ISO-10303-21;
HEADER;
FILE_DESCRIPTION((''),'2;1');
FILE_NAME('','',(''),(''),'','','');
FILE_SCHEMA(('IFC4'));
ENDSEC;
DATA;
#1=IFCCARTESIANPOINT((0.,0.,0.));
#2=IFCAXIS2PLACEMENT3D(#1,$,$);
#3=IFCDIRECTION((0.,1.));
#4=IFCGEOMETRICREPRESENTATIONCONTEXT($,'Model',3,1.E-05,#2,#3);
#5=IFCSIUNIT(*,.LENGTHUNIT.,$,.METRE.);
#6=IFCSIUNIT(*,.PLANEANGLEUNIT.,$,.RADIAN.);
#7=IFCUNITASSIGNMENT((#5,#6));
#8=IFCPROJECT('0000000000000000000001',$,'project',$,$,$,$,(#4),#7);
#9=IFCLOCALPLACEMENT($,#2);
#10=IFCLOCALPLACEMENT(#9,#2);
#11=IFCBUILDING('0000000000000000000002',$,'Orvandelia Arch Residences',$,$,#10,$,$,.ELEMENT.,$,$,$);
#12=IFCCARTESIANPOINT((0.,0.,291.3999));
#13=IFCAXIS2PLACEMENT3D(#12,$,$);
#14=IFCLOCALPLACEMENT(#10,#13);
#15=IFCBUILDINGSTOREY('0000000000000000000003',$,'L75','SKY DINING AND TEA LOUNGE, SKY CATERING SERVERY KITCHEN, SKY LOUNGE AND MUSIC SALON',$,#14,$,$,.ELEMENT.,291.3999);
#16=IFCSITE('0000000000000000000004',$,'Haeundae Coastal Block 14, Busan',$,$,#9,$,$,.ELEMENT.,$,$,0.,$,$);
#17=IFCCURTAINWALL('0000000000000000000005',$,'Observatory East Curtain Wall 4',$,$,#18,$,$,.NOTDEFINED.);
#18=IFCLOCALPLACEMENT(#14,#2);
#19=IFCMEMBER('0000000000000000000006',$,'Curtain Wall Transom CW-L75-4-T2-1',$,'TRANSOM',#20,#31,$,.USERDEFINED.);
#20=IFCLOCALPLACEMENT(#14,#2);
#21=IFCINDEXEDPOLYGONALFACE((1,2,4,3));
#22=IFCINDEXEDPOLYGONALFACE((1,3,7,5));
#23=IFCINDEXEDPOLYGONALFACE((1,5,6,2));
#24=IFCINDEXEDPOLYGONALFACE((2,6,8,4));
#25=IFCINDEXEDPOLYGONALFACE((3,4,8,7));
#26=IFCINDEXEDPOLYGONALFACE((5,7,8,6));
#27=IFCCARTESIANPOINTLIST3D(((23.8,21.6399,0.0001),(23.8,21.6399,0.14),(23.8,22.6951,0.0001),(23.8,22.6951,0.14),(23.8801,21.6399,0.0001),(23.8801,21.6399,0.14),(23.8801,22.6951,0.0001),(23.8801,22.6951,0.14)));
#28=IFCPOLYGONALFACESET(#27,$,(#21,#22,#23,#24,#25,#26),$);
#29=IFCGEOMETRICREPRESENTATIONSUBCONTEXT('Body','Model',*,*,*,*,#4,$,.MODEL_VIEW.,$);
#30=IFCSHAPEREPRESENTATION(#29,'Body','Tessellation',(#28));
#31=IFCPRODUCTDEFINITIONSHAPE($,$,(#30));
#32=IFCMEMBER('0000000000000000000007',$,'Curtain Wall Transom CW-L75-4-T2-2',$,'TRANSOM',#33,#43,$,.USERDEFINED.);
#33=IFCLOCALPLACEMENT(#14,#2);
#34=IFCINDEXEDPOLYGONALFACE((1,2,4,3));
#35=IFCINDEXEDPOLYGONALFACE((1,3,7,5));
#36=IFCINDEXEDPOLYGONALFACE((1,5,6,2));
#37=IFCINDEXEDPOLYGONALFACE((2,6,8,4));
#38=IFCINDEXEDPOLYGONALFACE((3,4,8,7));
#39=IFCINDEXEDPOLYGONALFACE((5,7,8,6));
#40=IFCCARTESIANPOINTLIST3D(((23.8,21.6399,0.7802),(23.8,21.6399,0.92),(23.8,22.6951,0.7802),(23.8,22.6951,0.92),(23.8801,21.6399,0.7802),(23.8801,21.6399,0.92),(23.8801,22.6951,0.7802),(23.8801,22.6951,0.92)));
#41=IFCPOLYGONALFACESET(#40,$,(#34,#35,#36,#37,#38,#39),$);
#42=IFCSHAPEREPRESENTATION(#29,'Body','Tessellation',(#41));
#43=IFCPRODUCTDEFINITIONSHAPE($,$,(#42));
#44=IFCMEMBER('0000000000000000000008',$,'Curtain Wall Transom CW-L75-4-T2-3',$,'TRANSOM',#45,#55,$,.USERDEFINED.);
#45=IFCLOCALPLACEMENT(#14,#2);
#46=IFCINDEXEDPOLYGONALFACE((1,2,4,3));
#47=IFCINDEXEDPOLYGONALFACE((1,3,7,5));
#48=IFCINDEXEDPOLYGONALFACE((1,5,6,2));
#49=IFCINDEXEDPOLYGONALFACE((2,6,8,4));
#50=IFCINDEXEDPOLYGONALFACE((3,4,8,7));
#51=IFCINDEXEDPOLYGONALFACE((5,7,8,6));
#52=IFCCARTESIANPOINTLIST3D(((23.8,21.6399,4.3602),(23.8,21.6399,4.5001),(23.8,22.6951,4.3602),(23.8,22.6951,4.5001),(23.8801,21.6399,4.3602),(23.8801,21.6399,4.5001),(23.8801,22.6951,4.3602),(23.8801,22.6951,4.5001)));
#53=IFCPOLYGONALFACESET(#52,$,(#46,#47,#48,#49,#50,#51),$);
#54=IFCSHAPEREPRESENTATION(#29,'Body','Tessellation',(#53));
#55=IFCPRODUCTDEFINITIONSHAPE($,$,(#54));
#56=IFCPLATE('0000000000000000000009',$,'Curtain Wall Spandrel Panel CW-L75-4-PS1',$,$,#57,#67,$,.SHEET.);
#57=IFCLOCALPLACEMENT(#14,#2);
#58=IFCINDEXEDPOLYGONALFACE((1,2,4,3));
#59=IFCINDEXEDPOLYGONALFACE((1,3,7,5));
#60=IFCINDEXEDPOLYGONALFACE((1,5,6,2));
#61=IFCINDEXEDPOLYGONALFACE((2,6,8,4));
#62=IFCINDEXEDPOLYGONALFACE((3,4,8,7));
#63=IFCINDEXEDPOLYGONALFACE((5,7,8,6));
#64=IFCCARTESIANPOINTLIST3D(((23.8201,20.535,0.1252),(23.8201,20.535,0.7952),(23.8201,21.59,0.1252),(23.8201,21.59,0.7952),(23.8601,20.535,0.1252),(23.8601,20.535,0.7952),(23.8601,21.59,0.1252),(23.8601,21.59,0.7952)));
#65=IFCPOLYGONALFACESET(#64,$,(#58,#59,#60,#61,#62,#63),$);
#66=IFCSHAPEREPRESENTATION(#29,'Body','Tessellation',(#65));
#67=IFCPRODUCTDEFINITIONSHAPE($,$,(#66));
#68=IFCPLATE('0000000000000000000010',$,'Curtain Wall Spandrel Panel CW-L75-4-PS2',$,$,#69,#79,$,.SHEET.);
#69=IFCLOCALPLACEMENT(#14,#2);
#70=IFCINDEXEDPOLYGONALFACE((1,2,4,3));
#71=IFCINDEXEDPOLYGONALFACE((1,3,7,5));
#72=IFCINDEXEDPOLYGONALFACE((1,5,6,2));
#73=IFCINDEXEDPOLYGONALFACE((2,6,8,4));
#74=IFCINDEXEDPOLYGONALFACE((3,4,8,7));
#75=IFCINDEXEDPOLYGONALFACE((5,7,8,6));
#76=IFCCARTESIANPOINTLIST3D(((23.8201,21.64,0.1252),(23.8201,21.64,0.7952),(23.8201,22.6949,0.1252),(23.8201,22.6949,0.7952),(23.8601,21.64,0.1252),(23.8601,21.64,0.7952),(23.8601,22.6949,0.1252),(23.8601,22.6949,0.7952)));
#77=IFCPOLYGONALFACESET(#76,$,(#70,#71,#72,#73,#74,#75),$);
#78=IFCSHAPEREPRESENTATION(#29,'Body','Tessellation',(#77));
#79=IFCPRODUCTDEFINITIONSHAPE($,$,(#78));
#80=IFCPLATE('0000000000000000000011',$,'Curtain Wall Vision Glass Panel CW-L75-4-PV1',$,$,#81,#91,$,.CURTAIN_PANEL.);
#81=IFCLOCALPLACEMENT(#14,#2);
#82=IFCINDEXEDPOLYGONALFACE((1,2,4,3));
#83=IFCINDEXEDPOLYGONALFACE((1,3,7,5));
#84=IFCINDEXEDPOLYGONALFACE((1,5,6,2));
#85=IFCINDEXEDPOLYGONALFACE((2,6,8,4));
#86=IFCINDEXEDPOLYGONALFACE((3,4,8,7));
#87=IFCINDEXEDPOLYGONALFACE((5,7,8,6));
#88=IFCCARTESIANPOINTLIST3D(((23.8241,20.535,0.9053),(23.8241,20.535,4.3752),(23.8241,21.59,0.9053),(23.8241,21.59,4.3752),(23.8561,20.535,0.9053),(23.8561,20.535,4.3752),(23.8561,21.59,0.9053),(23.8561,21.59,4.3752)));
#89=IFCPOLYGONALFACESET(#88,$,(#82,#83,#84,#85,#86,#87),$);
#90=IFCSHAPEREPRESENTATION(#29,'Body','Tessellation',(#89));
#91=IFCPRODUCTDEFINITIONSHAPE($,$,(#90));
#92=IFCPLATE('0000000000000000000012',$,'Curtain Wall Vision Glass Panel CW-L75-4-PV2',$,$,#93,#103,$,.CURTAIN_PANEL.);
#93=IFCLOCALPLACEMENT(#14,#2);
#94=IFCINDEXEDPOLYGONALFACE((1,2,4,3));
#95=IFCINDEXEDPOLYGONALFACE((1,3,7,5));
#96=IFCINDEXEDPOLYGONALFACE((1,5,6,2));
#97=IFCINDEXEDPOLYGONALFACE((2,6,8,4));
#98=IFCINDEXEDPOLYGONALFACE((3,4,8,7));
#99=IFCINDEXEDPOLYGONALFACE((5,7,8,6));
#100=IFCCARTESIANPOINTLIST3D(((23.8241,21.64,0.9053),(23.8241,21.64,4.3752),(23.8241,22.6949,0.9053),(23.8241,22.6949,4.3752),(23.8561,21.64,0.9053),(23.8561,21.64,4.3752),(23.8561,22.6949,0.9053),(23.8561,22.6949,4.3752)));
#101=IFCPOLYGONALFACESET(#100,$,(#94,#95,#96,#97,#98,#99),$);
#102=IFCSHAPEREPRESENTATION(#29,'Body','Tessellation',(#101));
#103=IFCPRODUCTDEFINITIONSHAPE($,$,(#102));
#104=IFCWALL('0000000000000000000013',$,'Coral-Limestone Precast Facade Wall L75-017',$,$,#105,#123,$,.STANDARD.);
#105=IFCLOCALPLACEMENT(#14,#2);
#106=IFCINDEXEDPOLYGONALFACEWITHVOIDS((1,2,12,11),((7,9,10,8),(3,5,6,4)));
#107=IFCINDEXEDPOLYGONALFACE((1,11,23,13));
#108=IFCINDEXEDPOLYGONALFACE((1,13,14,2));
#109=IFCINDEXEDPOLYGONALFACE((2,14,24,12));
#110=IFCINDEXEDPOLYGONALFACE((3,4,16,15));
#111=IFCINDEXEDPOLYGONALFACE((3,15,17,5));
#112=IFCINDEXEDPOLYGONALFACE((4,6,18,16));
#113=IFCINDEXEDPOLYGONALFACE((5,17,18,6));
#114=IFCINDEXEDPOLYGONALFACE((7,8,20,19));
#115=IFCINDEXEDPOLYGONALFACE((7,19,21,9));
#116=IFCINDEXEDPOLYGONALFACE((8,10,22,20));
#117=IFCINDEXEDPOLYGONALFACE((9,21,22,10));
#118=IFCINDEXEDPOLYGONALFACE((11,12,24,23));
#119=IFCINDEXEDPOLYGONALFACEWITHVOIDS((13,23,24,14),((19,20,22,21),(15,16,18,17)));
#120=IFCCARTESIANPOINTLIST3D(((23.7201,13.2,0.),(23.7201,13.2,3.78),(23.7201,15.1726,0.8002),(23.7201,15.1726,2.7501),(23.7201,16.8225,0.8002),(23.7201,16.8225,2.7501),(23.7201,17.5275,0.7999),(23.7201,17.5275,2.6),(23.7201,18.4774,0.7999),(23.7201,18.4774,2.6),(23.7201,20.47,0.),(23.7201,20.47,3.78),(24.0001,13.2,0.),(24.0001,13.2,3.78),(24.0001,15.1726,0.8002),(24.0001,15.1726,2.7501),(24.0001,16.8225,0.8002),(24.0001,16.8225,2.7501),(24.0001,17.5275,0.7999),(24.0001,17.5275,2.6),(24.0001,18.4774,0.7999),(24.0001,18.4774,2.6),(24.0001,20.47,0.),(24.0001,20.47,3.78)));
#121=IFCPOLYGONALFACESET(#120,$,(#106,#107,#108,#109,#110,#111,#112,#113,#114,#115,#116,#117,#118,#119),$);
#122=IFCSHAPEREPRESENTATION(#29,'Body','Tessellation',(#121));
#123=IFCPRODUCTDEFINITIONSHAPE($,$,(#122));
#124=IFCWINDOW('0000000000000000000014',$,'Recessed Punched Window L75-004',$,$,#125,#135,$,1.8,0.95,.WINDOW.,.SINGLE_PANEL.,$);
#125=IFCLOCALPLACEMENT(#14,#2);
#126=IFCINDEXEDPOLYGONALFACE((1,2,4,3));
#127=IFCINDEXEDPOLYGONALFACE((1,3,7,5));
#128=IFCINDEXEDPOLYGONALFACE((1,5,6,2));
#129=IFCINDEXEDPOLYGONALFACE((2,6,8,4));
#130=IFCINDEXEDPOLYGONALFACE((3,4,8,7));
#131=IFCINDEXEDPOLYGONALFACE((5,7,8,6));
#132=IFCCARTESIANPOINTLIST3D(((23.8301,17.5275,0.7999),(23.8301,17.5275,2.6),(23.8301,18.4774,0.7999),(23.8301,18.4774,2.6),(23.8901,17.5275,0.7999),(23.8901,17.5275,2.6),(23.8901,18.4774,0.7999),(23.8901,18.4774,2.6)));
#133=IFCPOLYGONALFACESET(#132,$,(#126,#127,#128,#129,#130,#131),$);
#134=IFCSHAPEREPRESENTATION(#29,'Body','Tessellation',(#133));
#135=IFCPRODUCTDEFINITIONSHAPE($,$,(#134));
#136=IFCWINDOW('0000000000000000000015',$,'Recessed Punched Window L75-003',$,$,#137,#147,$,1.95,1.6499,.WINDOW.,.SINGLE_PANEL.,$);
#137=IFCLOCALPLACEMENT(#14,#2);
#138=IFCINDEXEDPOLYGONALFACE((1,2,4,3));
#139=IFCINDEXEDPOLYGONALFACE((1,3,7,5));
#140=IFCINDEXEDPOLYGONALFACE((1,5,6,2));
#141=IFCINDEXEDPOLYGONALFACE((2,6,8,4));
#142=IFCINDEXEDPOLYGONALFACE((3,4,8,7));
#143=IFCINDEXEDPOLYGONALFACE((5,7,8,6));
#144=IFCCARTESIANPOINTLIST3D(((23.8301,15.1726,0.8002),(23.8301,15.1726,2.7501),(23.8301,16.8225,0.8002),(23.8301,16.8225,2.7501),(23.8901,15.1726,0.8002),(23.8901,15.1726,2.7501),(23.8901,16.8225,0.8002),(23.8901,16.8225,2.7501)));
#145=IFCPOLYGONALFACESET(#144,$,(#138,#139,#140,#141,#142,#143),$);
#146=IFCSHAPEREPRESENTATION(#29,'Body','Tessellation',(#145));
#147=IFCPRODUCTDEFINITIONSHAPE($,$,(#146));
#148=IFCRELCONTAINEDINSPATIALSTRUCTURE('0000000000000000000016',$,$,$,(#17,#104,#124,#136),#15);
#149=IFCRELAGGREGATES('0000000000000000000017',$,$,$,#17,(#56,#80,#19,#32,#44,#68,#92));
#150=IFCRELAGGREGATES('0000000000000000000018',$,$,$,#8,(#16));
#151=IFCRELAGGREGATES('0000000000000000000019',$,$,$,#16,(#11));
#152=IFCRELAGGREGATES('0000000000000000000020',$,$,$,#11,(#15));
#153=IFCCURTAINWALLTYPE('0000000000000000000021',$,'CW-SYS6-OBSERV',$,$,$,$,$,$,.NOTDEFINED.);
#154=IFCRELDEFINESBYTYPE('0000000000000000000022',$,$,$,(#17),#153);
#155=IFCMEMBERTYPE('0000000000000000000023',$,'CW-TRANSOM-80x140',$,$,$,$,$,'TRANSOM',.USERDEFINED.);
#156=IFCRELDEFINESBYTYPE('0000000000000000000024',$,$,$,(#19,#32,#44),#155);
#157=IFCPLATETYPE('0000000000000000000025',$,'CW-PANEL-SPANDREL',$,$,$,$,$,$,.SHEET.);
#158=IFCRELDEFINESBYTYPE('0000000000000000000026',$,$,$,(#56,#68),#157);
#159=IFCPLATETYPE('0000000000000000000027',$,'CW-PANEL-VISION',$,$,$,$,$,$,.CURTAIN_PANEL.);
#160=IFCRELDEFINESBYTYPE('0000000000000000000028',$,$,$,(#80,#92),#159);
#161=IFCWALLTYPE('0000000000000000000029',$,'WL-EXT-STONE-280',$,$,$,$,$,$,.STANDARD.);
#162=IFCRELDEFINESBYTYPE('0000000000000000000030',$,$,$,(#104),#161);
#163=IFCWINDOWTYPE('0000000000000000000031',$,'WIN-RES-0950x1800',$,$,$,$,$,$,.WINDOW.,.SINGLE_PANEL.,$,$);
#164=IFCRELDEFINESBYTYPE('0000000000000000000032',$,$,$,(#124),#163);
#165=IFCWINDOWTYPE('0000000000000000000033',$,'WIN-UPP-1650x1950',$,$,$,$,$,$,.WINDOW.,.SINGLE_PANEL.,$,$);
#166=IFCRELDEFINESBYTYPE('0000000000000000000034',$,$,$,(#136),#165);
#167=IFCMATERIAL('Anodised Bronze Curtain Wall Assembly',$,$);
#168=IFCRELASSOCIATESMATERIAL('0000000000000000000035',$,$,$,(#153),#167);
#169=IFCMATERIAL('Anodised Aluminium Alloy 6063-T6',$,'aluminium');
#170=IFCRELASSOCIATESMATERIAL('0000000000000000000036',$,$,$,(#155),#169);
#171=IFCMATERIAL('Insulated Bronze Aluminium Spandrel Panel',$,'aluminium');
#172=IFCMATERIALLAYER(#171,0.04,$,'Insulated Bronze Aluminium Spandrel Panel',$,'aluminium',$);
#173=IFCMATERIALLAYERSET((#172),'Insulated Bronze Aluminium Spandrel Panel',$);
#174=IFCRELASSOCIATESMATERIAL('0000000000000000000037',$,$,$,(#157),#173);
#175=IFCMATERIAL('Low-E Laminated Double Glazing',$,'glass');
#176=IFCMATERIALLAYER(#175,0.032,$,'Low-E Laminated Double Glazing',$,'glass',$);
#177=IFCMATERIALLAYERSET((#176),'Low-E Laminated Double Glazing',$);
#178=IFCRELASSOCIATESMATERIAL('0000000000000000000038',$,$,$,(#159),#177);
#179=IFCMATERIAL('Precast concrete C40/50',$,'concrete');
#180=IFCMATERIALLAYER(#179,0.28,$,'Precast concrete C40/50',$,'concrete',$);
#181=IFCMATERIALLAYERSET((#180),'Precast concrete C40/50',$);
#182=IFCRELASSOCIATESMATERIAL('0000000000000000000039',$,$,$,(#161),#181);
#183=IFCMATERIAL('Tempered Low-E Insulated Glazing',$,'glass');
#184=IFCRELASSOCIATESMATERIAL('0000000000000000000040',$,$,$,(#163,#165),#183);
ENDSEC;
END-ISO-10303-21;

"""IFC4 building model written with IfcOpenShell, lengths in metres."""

from ifc_helpers import new_model, si_unit, direction, frame, frame_2d, origin, origin_2d, place, context, subcontext, project, spatial, rectangle, extrude, material, layer, layer_set, material_profile, profile_set, type_object, element, fill, aggregate, save


model = new_model("IFC4")

# Units and contexts
model_context = context("Model", 3, precision=1e-05, world=origin(), true_north=direction((0.0, 1.0)))
body_context = subcontext(model_context, "Body", "Model", "MODEL_VIEW")
ifc_project = project(units=[si_unit("LENGTHUNIT", "METRE"), si_unit("PLANEANGLEUNIT", "RADIAN")], contexts=[model_context])

# Site, building, storey
site_placement = place(None, origin())
site = spatial("IfcSite", under=ifc_project, at=site_placement, Name="Haeundae Coastal Block 14, Busan", CompositionType="ELEMENT", RefElevation=0.0)
building_placement = place(site_placement, origin())
building = spatial("IfcBuilding", under=site, at=building_placement, Name="Orvandelia Arch Residences", CompositionType="ELEMENT")
storey_placement = place(building_placement, frame((0.0, 0.0, 291.3999)))
storey = spatial("IfcBuildingStorey", under=building, at=storey_placement, Name="L75", Description="SKY DINING AND TEA LOUNGE, SKY CATERING SERVERY KITCHEN, SKY LOUNGE AND MUSIC SALON", CompositionType="ELEMENT", Elevation=291.3999)

# Curtain wall, members, plates
ifc_material_1 = material(Name="Anodised Bronze Curtain Wall Assembly")
curtain_wall_type = type_object("IfcCurtainWallType", Name="CW-SYS6-OBSERV", PredefinedType="NOTDEFINED", material=ifc_material_1)
curtain_wall_placement = place(storey_placement, origin())
curtain_wall = element("IfcCurtainWall", 1, at=curtain_wall_placement, inside=storey, type_object=curtain_wall_type, Name="Observatory East Curtain Wall 4", PredefinedType="NOTDEFINED")
ifc_material_2 = material(Name="Anodised Aluminium Alloy 6063-T6", Category="aluminium")
ifc_material_profile_1 = material_profile(ifc_material_2, rectangle(XDim=0.0801, YDim=0.1399, at=origin_2d()), Name="Anodised Aluminium Alloy 6063-T6", Category="aluminium")
ifc_profile_set_1 = profile_set([ifc_material_profile_1], Name="Anodised Aluminium Alloy 6063-T6")
member_type_1 = type_object("IfcMemberType", Name="CW-TRANSOM-80x140", ElementType="TRANSOM", PredefinedType="USERDEFINED", material=ifc_profile_set_1)
member_1_placement = place(storey_placement, frame((23.8401, 21.6399, 0.0701), z_axis=(0.0, 1.0, 0.0), x_axis=(-1.0, 0.0, 0.0)))
member_1 = element("IfcMember", 2, at=member_1_placement, type_object=member_type_1, Name="Curtain Wall Transom CW-L75-4-T2-1", ObjectType="TRANSOM", PredefinedType="USERDEFINED", context=body_context, shape_type="SweptSolid", body=[
    extrude(rectangle(XDim=0.0801, YDim=0.1399, at=origin_2d()), origin(), (0.0, 0.0, 1.0), 1.0552),
])
member_2_placement = place(storey_placement, frame((23.8401, 21.6399, 0.8501), z_axis=(0.0, 1.0, 0.0), x_axis=(-1.0, 0.0, 0.0)))
member_2 = element("IfcMember", 3, at=member_2_placement, type_object=member_type_1, Name="Curtain Wall Transom CW-L75-4-T2-2", ObjectType="TRANSOM", PredefinedType="USERDEFINED", context=body_context, shape_type="SweptSolid", body=[
    extrude(rectangle(XDim=0.0801, YDim=0.1399, at=origin_2d()), origin(), (0.0, 0.0, 1.0), 1.0552),
])
member_3_placement = place(storey_placement, frame((23.8401, 21.6399, 4.4302), z_axis=(0.0, 1.0, 0.0), x_axis=(-1.0, 0.0, 0.0)))
member_3 = element("IfcMember", 4, at=member_3_placement, type_object=member_type_1, Name="Curtain Wall Transom CW-L75-4-T2-3", ObjectType="TRANSOM", PredefinedType="USERDEFINED", context=body_context, shape_type="SweptSolid", body=[
    extrude(rectangle(XDim=0.0801, YDim=0.1399, at=origin_2d()), origin(), (0.0, 0.0, 1.0), 1.0552),
])
ifc_material_3 = material(Name="Insulated Bronze Aluminium Spandrel Panel", Category="aluminium")
ifc_layer_1 = layer(ifc_material_3, 0.04, Name="Insulated Bronze Aluminium Spandrel Panel", Category="aluminium")
ifc_layer_set_1 = layer_set([ifc_layer_1], Name="Insulated Bronze Aluminium Spandrel Panel")
plate_type_1 = type_object("IfcPlateType", Name="CW-PANEL-SPANDREL", PredefinedType="SHEET", material=ifc_layer_set_1)
plate_1_placement = place(storey_placement, frame((23.8401, 21.0625, 0.1252), z_axis=(0.0, 0.0, 1.0), x_axis=(0.0, 1.0, 0.0)))
plate_1 = element("IfcPlate", 5, at=plate_1_placement, type_object=plate_type_1, Name="Curtain Wall Spandrel Panel CW-L75-4-PS1", PredefinedType="SHEET", context=body_context, shape_type="SweptSolid", body=[
    extrude(rectangle(XDim=1.0549, YDim=0.04, at=origin_2d()), origin(), (0.0, 0.0, 1.0), 0.6699),
])
plate_2_placement = place(storey_placement, frame((23.8401, 22.1675, 0.1252), z_axis=(0.0, 0.0, 1.0), x_axis=(0.0, 1.0, 0.0)))
plate_2 = element("IfcPlate", 6, at=plate_2_placement, type_object=plate_type_1, Name="Curtain Wall Spandrel Panel CW-L75-4-PS2", PredefinedType="SHEET", context=body_context, shape_type="SweptSolid", body=[
    extrude(rectangle(XDim=1.0549, YDim=0.04, at=origin_2d()), origin(), (0.0, 0.0, 1.0), 0.6699),
])
ifc_material_4 = material(Name="Low-E Laminated Double Glazing", Category="glass")
ifc_layer_2 = layer(ifc_material_4, 0.032, Name="Low-E Laminated Double Glazing", Category="glass")
ifc_layer_set_2 = layer_set([ifc_layer_2], Name="Low-E Laminated Double Glazing")
plate_type_2 = type_object("IfcPlateType", Name="CW-PANEL-VISION", PredefinedType="CURTAIN_PANEL", material=ifc_layer_set_2)
plate_3_placement = place(storey_placement, frame((23.8401, 21.0625, 0.9053), z_axis=(0.0, 0.0, 1.0), x_axis=(0.0, 1.0, 0.0)))
plate_3 = element("IfcPlate", 7, at=plate_3_placement, type_object=plate_type_2, Name="Curtain Wall Vision Glass Panel CW-L75-4-PV1", PredefinedType="CURTAIN_PANEL", context=body_context, shape_type="SweptSolid", body=[
    extrude(rectangle(XDim=1.0549, YDim=0.032, at=origin_2d()), origin(), (0.0, 0.0, 1.0), 3.47),
])
plate_4_placement = place(storey_placement, frame((23.8401, 22.1675, 0.9053), z_axis=(0.0, 0.0, 1.0), x_axis=(0.0, 1.0, 0.0)))
plate_4 = element("IfcPlate", 8, at=plate_4_placement, type_object=plate_type_2, Name="Curtain Wall Vision Glass Panel CW-L75-4-PV2", PredefinedType="CURTAIN_PANEL", context=body_context, shape_type="SweptSolid", body=[
    extrude(rectangle(XDim=1.0549, YDim=0.032, at=origin_2d()), origin(), (0.0, 0.0, 1.0), 3.47),
])
aggregate(curtain_wall, [plate_1, plate_3, member_1, member_2, member_3, plate_2, plate_4])

# Wall, openings, windows
ifc_material_5 = material(Name="Precast concrete C40/50", Category="concrete")
ifc_layer_3 = layer(ifc_material_5, 0.28, Name="Precast concrete C40/50", Category="concrete")
ifc_layer_set_3 = layer_set([ifc_layer_3], Name="Precast concrete C40/50")
wall_type = type_object("IfcWallType", Name="WL-EXT-STONE-280", PredefinedType="STANDARD", material=ifc_layer_set_3)
wall_placement = place(storey_placement, frame((23.8601, 20.47, 0.0), z_axis=(0.0, 0.0, 1.0), x_axis=(0.0, -1.0, 0.0)))
wall = element("IfcWall", 9, at=wall_placement, inside=storey, type_object=wall_type, Name="Coral-Limestone Precast Facade Wall L75-017", PredefinedType="STANDARD", context=body_context, shape_type="SweptSolid", body=[
    extrude(rectangle(XDim=7.27, YDim=0.28, at=frame_2d((3.635, 0.0))), origin(), (0.0, 0.0, 1.0), 3.78),
])
opening_1_placement = place(wall_placement, frame((3.6475, 0.0, 0.8)))
opening_1 = element("IfcOpeningElement", 10, at=opening_1_placement, cuts=wall, PredefinedType="OPENING", context=body_context, shape_type="SweptSolid", body=[
    extrude(rectangle(XDim=1.6499, YDim=1.95, at=frame_2d((0.825, 0.9751))), frame((0.0, 0.1499, 0.0), z_axis=(0.0, -1.0, 0.0), x_axis=(1.0, 0.0, 0.0)), (0.0, 0.0, 1.0), 0.3),
])
opening_2_placement = place(wall_placement, frame((1.9924, 0.0, 0.8)))
opening_2 = element("IfcOpeningElement", 11, at=opening_2_placement, cuts=wall, PredefinedType="OPENING", context=body_context, shape_type="SweptSolid", body=[
    extrude(rectangle(XDim=0.95, YDim=1.8, at=frame_2d((0.4751, 0.8999))), frame((0.0, 0.1499, 0.0), z_axis=(0.0, -1.0, 0.0), x_axis=(1.0, 0.0, 0.0)), (0.0, 0.0, 1.0), 0.3),
])
ifc_material_6 = material(Name="Tempered Low-E Insulated Glazing", Category="glass")
window_type_1 = type_object("IfcWindowType", Name="WIN-RES-0950x1800", PartitioningType="SINGLE_PANEL", PredefinedType="WINDOW", material=ifc_material_6)
window_1_placement = place(opening_2_placement, origin())
window_1 = element("IfcWindow", 12, at=window_1_placement, inside=storey, type_object=window_type_1, Name="Recessed Punched Window L75-004", OverallHeight=1.8, OverallWidth=0.95, PartitioningType="SINGLE_PANEL", PredefinedType="WINDOW", context=body_context, shape_type="SweptSolid", body=[
    extrude(rectangle(XDim=0.95, YDim=1.8, at=frame_2d((0.4751, 0.8999))), frame((0.0, 0.03, 0.0), z_axis=(0.0, -1.0, 0.0), x_axis=(1.0, 0.0, 0.0)), (0.0, 0.0, 1.0), 0.0601),
])
fill(opening_2, window_1)
window_type_2 = type_object("IfcWindowType", Name="WIN-UPP-1650x1950", PartitioningType="SINGLE_PANEL", PredefinedType="WINDOW", material=ifc_material_6)
window_2_placement = place(opening_1_placement, origin())
window_2 = element("IfcWindow", 13, at=window_2_placement, inside=storey, type_object=window_type_2, Name="Recessed Punched Window L75-003", OverallHeight=1.95, OverallWidth=1.6499, PartitioningType="SINGLE_PANEL", PredefinedType="WINDOW", context=body_context, shape_type="SweptSolid", body=[
    extrude(rectangle(XDim=1.6499, YDim=1.95, at=frame_2d((0.825, 0.9751))), frame((0.0, 0.03, 0.0), z_axis=(0.0, -1.0, 0.0), x_axis=(1.0, 0.0, 0.0)), (0.0, 0.0, 1.0), 0.0601),
])
fill(opening_1, window_2)

save(model, "model.ifc")
